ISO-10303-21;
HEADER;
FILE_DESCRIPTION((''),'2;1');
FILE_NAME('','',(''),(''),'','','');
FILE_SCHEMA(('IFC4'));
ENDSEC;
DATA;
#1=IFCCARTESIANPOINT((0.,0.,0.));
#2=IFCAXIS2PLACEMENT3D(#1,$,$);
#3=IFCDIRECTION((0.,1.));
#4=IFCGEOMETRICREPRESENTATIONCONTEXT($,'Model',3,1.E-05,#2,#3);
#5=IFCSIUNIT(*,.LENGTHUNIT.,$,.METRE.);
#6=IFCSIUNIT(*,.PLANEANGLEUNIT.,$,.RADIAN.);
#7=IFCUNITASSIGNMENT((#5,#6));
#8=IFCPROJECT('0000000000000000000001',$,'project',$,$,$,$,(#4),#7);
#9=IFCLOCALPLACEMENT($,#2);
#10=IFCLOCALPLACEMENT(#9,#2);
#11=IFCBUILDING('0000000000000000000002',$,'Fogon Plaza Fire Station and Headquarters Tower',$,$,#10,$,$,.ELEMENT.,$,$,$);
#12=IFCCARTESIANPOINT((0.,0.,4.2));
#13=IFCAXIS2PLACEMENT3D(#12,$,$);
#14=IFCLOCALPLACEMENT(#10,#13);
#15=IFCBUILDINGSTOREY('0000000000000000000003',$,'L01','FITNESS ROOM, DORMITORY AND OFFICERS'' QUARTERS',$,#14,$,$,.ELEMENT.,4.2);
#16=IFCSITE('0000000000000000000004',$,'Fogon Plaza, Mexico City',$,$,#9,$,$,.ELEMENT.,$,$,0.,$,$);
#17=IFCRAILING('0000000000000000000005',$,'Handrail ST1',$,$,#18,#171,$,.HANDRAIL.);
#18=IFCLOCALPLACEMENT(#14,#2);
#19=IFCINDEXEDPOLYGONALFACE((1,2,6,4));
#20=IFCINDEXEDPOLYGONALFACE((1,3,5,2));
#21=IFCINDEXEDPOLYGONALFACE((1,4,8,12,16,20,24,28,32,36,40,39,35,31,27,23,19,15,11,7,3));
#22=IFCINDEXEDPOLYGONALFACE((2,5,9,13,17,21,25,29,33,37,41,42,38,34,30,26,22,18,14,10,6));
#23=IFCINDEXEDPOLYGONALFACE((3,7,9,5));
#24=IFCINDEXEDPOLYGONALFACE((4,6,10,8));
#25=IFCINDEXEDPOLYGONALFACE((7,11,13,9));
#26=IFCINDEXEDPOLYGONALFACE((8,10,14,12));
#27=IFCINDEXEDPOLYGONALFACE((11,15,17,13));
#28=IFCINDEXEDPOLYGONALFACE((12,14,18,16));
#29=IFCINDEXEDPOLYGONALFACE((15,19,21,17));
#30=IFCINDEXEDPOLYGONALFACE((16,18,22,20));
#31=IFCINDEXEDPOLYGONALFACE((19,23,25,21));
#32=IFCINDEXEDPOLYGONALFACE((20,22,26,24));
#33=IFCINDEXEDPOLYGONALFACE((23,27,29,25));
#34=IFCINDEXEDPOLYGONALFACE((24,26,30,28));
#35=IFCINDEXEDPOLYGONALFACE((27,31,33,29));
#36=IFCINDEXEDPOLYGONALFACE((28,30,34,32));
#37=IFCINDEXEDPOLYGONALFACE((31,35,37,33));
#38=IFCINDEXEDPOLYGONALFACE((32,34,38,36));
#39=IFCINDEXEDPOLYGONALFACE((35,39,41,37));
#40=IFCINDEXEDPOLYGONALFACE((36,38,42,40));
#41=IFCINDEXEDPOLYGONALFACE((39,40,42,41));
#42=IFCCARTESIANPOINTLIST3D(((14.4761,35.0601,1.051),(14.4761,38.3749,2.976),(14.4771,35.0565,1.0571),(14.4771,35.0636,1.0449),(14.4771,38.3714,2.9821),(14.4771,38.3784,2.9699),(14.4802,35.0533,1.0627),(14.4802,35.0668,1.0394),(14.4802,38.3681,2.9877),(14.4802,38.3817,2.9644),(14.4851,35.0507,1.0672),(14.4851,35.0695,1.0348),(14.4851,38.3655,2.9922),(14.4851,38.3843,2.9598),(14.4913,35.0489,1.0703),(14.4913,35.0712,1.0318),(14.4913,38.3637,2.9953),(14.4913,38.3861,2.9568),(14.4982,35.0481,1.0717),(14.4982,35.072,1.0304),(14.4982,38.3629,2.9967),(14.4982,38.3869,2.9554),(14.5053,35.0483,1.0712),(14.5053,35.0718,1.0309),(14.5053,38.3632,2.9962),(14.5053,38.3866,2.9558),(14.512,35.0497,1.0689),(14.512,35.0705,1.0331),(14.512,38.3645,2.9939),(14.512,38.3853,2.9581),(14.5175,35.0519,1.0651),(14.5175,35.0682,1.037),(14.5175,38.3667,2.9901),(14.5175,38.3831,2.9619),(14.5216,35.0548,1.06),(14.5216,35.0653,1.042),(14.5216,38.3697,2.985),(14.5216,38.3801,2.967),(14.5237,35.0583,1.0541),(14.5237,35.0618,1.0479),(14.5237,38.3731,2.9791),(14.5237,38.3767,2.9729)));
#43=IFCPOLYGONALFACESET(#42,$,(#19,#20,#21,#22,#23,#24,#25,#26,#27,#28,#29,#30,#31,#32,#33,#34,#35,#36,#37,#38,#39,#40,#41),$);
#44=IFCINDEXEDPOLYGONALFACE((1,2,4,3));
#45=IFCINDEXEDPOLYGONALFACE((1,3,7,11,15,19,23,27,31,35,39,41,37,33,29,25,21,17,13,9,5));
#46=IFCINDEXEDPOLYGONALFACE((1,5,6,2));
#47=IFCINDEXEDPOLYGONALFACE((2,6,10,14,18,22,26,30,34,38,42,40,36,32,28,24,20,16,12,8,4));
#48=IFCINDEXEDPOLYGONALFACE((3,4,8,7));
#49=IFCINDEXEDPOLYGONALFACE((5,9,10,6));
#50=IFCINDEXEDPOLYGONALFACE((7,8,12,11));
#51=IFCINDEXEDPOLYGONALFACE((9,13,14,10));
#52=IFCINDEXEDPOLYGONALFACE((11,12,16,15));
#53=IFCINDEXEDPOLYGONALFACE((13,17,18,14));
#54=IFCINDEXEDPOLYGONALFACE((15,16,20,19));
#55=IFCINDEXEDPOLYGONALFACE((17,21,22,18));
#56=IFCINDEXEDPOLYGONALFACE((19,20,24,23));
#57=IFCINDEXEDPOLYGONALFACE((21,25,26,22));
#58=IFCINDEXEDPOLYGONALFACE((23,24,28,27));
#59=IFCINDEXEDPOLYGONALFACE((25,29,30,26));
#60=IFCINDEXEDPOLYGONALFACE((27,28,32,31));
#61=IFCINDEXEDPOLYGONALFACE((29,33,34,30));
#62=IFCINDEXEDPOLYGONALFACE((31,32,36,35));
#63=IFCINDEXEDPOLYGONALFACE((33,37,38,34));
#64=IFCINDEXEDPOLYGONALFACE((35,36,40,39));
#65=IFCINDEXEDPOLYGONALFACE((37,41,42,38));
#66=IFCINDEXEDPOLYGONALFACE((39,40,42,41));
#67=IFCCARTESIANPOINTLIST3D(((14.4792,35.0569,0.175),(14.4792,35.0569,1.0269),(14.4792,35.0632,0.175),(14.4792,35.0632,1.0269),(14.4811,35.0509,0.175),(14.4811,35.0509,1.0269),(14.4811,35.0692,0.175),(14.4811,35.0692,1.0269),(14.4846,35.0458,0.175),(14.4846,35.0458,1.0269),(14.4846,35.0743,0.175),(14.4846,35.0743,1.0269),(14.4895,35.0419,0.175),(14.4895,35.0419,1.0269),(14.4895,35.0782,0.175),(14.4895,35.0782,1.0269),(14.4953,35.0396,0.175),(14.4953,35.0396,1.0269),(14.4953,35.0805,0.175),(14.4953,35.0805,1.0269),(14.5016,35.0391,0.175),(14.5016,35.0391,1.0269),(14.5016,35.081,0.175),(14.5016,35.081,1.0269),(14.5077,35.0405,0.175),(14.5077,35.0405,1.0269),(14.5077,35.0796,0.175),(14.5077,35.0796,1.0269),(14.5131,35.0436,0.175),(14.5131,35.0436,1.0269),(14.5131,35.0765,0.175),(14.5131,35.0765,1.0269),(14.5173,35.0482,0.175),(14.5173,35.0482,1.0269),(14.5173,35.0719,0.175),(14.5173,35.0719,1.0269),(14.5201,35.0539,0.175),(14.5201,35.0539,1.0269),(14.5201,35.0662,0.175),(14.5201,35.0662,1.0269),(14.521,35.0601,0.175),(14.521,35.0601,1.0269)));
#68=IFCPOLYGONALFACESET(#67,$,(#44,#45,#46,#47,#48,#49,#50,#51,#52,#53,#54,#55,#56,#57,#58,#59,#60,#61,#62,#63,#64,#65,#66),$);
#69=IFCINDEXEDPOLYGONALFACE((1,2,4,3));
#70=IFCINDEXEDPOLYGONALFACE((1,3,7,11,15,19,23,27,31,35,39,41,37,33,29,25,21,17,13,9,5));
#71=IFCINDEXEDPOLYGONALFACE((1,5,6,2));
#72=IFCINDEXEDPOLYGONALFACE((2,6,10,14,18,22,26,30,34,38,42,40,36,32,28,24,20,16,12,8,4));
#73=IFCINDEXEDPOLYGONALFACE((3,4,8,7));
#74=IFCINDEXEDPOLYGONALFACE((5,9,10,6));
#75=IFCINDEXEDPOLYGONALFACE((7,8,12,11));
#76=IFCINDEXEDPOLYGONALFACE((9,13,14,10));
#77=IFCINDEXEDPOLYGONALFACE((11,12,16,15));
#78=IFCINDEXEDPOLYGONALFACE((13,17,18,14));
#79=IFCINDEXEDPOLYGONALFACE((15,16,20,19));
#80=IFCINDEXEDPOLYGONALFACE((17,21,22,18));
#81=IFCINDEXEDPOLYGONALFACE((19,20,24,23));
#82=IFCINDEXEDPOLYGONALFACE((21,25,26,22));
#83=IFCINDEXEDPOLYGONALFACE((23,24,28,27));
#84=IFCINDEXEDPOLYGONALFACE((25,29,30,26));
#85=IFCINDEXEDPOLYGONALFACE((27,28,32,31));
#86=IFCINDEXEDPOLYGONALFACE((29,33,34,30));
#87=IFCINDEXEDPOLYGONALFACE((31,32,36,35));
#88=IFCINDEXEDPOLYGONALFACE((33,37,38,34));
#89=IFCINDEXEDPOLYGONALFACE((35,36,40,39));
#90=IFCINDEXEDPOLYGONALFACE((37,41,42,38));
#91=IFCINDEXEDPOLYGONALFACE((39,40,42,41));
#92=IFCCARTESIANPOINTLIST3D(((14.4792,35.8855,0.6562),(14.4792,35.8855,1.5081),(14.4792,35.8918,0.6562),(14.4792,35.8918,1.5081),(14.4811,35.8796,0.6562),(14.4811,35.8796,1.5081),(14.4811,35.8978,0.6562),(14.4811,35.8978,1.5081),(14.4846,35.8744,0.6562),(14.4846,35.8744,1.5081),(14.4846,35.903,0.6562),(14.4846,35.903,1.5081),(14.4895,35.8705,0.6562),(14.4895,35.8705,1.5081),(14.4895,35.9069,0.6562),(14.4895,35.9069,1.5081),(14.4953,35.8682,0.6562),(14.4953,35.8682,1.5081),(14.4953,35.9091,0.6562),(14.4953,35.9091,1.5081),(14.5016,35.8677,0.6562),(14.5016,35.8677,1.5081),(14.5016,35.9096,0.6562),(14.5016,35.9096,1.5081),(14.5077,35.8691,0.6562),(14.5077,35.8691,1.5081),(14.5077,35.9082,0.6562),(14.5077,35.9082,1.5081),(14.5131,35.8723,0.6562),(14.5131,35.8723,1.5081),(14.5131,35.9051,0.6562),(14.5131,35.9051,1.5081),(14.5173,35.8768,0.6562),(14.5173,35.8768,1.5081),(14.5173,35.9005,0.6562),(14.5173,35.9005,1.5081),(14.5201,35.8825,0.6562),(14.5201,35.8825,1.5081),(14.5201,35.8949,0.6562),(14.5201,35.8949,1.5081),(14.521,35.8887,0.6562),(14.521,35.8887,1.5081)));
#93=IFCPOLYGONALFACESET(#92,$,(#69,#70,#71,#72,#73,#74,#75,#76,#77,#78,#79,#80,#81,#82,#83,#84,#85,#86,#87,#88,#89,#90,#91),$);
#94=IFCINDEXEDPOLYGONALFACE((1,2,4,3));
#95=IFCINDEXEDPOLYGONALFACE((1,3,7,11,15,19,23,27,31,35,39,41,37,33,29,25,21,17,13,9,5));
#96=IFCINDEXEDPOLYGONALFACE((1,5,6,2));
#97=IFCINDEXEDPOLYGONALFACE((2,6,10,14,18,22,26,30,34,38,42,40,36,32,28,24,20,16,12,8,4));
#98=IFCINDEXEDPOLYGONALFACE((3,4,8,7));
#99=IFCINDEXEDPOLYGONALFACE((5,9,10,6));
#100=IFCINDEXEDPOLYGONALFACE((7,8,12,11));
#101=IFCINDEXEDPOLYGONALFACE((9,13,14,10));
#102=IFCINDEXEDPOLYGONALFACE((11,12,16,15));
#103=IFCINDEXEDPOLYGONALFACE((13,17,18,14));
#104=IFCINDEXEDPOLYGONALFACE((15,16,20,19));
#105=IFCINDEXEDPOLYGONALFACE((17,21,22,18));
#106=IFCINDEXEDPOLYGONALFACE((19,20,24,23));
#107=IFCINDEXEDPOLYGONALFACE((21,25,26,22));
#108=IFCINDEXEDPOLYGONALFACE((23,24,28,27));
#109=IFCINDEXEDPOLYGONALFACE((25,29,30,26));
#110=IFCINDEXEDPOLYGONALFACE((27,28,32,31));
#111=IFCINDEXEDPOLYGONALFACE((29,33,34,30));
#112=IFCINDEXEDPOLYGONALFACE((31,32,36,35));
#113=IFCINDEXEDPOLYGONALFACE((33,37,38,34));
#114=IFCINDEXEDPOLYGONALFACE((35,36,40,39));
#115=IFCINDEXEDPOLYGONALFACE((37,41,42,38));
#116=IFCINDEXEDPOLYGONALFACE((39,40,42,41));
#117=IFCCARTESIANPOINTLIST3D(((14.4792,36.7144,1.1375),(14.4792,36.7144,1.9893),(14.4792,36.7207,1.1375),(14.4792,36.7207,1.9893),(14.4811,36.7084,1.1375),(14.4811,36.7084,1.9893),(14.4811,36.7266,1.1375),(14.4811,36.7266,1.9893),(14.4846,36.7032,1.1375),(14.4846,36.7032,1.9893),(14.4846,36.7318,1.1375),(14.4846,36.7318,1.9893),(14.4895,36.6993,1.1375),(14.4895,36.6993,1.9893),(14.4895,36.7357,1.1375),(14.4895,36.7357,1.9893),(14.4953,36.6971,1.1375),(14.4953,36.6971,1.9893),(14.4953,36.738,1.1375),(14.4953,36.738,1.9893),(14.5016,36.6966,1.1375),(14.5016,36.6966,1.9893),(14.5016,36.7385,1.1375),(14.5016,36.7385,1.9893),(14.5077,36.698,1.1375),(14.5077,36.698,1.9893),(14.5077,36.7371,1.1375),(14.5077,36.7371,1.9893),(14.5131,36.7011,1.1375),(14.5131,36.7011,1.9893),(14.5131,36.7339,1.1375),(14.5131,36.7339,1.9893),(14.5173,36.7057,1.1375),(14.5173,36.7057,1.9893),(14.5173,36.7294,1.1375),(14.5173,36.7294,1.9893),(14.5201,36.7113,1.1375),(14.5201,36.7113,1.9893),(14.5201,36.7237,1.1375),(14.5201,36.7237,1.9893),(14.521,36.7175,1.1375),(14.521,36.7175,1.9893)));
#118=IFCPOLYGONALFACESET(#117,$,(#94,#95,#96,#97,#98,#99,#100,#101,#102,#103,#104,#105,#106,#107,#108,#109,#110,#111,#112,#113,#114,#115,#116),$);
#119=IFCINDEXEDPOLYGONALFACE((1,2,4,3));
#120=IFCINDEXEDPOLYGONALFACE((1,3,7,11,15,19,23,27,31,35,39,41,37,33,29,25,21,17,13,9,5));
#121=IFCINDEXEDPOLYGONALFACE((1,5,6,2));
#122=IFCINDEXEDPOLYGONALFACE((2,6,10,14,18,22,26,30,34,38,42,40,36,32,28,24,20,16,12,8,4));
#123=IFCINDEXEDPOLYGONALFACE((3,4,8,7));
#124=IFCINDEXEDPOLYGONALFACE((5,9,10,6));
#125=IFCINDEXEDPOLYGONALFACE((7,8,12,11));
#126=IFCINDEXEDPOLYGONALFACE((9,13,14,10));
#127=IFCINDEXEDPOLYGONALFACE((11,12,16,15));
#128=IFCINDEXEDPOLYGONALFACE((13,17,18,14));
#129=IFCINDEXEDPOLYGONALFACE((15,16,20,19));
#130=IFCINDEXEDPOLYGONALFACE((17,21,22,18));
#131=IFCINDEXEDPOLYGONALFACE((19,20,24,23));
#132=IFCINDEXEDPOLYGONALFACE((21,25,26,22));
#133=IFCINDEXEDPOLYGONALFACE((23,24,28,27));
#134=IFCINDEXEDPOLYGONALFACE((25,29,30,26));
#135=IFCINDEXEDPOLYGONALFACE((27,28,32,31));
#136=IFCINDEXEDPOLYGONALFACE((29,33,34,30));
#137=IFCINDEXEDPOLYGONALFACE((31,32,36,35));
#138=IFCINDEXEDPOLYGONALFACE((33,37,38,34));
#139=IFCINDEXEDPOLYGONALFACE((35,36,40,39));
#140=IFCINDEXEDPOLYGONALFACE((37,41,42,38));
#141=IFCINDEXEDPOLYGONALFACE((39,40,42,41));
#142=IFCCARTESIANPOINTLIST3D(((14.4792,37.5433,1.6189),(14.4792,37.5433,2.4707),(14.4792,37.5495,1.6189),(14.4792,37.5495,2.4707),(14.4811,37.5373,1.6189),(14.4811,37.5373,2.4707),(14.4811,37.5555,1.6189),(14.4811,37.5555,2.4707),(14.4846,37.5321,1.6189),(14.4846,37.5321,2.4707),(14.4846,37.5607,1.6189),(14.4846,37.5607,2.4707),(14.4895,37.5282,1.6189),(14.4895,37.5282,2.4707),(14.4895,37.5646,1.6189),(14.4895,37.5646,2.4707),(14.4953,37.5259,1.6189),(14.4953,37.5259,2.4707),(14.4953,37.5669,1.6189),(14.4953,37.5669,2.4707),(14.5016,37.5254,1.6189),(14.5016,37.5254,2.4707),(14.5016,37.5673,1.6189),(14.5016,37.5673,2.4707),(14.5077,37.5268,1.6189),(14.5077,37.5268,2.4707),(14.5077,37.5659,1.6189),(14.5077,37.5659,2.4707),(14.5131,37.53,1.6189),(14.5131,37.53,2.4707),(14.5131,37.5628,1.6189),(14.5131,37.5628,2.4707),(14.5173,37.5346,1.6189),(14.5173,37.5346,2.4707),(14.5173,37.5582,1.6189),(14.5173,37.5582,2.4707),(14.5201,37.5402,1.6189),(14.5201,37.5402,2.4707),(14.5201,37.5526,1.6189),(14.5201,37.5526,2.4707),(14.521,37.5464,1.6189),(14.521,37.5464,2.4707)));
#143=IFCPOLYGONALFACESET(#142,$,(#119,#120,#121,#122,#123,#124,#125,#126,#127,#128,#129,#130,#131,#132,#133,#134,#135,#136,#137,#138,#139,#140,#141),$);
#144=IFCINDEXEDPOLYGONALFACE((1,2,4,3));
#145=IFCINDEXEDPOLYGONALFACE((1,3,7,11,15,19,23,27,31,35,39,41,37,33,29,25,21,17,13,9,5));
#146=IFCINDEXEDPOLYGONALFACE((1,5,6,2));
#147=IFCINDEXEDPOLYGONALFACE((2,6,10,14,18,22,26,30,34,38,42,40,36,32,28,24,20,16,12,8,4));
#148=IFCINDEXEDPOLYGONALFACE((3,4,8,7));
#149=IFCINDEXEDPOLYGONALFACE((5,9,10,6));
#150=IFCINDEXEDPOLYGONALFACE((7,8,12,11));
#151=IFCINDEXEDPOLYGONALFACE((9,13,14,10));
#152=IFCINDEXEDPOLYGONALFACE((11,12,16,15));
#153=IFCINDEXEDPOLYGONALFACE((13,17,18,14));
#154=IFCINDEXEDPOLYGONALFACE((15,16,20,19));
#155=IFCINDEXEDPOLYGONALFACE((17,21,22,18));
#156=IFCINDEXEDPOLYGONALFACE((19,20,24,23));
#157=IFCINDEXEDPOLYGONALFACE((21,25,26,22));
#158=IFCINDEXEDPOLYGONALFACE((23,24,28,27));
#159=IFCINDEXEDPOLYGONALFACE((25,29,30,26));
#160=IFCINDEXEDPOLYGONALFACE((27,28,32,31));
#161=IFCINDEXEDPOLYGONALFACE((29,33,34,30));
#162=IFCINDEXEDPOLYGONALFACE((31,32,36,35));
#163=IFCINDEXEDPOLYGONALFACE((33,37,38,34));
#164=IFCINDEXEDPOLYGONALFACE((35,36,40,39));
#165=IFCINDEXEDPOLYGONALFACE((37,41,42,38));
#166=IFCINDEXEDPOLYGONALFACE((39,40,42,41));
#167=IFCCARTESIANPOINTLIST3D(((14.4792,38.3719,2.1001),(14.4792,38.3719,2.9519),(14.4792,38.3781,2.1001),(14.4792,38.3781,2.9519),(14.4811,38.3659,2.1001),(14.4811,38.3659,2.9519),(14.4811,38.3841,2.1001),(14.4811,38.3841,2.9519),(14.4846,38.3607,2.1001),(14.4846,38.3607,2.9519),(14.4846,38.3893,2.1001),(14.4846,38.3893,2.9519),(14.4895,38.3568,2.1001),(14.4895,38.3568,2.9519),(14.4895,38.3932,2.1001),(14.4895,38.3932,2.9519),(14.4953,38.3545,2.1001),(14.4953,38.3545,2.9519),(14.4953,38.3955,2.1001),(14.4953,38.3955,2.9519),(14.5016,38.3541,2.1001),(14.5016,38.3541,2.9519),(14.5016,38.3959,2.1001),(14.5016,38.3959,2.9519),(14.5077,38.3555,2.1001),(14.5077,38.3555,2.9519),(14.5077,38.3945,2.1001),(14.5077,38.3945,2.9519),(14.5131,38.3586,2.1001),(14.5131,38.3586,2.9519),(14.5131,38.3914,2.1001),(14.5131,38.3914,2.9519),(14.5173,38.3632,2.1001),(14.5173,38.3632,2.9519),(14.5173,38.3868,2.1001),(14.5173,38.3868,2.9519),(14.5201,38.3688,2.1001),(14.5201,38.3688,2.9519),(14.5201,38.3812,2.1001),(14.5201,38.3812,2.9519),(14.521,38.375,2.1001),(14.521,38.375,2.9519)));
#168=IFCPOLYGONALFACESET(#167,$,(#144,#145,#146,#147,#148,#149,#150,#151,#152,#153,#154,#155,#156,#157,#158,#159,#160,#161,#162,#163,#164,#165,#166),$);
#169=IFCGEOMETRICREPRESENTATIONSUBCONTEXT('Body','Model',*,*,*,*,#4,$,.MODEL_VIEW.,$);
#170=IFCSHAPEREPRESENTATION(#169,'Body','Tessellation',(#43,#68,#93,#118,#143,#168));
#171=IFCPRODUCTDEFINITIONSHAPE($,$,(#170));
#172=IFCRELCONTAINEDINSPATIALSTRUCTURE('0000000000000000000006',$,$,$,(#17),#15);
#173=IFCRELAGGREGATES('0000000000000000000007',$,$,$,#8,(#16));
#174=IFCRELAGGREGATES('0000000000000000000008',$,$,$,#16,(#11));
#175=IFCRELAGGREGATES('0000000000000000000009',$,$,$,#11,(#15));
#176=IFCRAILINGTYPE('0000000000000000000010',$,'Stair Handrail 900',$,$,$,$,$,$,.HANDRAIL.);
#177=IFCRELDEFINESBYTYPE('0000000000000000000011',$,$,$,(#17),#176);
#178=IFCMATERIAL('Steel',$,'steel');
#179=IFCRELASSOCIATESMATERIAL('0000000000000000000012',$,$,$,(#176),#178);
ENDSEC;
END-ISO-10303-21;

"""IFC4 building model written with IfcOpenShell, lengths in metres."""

from ifc_helpers import new_model, si_unit, direction, frame, origin, origin_2d, place, context, subcontext, project, spatial, circle, extrude, material, type_object, element, save


model = new_model("IFC4")

# Units and contexts
model_context = context("Model", 3, precision=1e-05, world=origin(), true_north=direction((0.0, 1.0)))
body_context = subcontext(model_context, "Body", "Model", "MODEL_VIEW")
ifc_project = project(units=[si_unit("LENGTHUNIT", "METRE"), si_unit("PLANEANGLEUNIT", "RADIAN")], contexts=[model_context])

# Site, building, storey
site_placement = place(None, origin())
site = spatial("IfcSite", under=ifc_project, at=site_placement, Name="Fogon Plaza, Mexico City", CompositionType="ELEMENT", RefElevation=0.0)
building_placement = place(site_placement, origin())
building = spatial("IfcBuilding", under=site, at=building_placement, Name="Fogon Plaza Fire Station and Headquarters Tower", CompositionType="ELEMENT")
storey_placement = place(building_placement, frame((0.0, 0.0, 4.2)))
storey = spatial("IfcBuildingStorey", under=building, at=storey_placement, Name="L01", Description="FITNESS ROOM, DORMITORY AND OFFICERS' QUARTERS", CompositionType="ELEMENT", Elevation=4.2)

# Railing
ifc_material_1 = material(Name="Steel", Category="steel")
railing_type = type_object("IfcRailingType", Name="Stair Handrail 900", PredefinedType="HANDRAIL", material=ifc_material_1)
railing_placement = place(storey_placement, frame((14.5, 35.0601, 0.175)))
element("IfcRailing", 1, at=railing_placement, inside=storey, type_object=railing_type, Name="Handrail ST1", PredefinedType="HANDRAIL", context=body_context, shape_type="SweptSolid", body=[
    extrude(circle(Radius=0.0239, at=origin_2d()), frame((0.0, 0.0, 0.876), z_axis=(0.0, 0.864761, 0.502183), x_axis=(-1.0, 0.0, 0.0)), (0.0, 0.0, 1.0), 3.8333),
    extrude(circle(Radius=0.021, at=origin_2d()), origin(), (0.0, 0.0, 1.0), 0.8518),
    extrude(circle(Radius=0.021, at=origin_2d()), frame((0.0, 0.8286, 0.4812)), (0.0, 0.0, 1.0), 0.8518),
    extrude(circle(Radius=0.021, at=origin_2d()), frame((0.0, 1.6575, 0.9624)), (0.0, 0.0, 1.0), 0.8518),
    extrude(circle(Radius=0.021, at=origin_2d()), frame((0.0, 2.4863, 1.4438)), (0.0, 0.0, 1.0), 0.8518),
    extrude(circle(Radius=0.021, at=origin_2d()), frame((0.0, 3.3149, 1.925)), (0.0, 0.0, 1.0), 0.8518),
])

save(model, "model.ifc")
